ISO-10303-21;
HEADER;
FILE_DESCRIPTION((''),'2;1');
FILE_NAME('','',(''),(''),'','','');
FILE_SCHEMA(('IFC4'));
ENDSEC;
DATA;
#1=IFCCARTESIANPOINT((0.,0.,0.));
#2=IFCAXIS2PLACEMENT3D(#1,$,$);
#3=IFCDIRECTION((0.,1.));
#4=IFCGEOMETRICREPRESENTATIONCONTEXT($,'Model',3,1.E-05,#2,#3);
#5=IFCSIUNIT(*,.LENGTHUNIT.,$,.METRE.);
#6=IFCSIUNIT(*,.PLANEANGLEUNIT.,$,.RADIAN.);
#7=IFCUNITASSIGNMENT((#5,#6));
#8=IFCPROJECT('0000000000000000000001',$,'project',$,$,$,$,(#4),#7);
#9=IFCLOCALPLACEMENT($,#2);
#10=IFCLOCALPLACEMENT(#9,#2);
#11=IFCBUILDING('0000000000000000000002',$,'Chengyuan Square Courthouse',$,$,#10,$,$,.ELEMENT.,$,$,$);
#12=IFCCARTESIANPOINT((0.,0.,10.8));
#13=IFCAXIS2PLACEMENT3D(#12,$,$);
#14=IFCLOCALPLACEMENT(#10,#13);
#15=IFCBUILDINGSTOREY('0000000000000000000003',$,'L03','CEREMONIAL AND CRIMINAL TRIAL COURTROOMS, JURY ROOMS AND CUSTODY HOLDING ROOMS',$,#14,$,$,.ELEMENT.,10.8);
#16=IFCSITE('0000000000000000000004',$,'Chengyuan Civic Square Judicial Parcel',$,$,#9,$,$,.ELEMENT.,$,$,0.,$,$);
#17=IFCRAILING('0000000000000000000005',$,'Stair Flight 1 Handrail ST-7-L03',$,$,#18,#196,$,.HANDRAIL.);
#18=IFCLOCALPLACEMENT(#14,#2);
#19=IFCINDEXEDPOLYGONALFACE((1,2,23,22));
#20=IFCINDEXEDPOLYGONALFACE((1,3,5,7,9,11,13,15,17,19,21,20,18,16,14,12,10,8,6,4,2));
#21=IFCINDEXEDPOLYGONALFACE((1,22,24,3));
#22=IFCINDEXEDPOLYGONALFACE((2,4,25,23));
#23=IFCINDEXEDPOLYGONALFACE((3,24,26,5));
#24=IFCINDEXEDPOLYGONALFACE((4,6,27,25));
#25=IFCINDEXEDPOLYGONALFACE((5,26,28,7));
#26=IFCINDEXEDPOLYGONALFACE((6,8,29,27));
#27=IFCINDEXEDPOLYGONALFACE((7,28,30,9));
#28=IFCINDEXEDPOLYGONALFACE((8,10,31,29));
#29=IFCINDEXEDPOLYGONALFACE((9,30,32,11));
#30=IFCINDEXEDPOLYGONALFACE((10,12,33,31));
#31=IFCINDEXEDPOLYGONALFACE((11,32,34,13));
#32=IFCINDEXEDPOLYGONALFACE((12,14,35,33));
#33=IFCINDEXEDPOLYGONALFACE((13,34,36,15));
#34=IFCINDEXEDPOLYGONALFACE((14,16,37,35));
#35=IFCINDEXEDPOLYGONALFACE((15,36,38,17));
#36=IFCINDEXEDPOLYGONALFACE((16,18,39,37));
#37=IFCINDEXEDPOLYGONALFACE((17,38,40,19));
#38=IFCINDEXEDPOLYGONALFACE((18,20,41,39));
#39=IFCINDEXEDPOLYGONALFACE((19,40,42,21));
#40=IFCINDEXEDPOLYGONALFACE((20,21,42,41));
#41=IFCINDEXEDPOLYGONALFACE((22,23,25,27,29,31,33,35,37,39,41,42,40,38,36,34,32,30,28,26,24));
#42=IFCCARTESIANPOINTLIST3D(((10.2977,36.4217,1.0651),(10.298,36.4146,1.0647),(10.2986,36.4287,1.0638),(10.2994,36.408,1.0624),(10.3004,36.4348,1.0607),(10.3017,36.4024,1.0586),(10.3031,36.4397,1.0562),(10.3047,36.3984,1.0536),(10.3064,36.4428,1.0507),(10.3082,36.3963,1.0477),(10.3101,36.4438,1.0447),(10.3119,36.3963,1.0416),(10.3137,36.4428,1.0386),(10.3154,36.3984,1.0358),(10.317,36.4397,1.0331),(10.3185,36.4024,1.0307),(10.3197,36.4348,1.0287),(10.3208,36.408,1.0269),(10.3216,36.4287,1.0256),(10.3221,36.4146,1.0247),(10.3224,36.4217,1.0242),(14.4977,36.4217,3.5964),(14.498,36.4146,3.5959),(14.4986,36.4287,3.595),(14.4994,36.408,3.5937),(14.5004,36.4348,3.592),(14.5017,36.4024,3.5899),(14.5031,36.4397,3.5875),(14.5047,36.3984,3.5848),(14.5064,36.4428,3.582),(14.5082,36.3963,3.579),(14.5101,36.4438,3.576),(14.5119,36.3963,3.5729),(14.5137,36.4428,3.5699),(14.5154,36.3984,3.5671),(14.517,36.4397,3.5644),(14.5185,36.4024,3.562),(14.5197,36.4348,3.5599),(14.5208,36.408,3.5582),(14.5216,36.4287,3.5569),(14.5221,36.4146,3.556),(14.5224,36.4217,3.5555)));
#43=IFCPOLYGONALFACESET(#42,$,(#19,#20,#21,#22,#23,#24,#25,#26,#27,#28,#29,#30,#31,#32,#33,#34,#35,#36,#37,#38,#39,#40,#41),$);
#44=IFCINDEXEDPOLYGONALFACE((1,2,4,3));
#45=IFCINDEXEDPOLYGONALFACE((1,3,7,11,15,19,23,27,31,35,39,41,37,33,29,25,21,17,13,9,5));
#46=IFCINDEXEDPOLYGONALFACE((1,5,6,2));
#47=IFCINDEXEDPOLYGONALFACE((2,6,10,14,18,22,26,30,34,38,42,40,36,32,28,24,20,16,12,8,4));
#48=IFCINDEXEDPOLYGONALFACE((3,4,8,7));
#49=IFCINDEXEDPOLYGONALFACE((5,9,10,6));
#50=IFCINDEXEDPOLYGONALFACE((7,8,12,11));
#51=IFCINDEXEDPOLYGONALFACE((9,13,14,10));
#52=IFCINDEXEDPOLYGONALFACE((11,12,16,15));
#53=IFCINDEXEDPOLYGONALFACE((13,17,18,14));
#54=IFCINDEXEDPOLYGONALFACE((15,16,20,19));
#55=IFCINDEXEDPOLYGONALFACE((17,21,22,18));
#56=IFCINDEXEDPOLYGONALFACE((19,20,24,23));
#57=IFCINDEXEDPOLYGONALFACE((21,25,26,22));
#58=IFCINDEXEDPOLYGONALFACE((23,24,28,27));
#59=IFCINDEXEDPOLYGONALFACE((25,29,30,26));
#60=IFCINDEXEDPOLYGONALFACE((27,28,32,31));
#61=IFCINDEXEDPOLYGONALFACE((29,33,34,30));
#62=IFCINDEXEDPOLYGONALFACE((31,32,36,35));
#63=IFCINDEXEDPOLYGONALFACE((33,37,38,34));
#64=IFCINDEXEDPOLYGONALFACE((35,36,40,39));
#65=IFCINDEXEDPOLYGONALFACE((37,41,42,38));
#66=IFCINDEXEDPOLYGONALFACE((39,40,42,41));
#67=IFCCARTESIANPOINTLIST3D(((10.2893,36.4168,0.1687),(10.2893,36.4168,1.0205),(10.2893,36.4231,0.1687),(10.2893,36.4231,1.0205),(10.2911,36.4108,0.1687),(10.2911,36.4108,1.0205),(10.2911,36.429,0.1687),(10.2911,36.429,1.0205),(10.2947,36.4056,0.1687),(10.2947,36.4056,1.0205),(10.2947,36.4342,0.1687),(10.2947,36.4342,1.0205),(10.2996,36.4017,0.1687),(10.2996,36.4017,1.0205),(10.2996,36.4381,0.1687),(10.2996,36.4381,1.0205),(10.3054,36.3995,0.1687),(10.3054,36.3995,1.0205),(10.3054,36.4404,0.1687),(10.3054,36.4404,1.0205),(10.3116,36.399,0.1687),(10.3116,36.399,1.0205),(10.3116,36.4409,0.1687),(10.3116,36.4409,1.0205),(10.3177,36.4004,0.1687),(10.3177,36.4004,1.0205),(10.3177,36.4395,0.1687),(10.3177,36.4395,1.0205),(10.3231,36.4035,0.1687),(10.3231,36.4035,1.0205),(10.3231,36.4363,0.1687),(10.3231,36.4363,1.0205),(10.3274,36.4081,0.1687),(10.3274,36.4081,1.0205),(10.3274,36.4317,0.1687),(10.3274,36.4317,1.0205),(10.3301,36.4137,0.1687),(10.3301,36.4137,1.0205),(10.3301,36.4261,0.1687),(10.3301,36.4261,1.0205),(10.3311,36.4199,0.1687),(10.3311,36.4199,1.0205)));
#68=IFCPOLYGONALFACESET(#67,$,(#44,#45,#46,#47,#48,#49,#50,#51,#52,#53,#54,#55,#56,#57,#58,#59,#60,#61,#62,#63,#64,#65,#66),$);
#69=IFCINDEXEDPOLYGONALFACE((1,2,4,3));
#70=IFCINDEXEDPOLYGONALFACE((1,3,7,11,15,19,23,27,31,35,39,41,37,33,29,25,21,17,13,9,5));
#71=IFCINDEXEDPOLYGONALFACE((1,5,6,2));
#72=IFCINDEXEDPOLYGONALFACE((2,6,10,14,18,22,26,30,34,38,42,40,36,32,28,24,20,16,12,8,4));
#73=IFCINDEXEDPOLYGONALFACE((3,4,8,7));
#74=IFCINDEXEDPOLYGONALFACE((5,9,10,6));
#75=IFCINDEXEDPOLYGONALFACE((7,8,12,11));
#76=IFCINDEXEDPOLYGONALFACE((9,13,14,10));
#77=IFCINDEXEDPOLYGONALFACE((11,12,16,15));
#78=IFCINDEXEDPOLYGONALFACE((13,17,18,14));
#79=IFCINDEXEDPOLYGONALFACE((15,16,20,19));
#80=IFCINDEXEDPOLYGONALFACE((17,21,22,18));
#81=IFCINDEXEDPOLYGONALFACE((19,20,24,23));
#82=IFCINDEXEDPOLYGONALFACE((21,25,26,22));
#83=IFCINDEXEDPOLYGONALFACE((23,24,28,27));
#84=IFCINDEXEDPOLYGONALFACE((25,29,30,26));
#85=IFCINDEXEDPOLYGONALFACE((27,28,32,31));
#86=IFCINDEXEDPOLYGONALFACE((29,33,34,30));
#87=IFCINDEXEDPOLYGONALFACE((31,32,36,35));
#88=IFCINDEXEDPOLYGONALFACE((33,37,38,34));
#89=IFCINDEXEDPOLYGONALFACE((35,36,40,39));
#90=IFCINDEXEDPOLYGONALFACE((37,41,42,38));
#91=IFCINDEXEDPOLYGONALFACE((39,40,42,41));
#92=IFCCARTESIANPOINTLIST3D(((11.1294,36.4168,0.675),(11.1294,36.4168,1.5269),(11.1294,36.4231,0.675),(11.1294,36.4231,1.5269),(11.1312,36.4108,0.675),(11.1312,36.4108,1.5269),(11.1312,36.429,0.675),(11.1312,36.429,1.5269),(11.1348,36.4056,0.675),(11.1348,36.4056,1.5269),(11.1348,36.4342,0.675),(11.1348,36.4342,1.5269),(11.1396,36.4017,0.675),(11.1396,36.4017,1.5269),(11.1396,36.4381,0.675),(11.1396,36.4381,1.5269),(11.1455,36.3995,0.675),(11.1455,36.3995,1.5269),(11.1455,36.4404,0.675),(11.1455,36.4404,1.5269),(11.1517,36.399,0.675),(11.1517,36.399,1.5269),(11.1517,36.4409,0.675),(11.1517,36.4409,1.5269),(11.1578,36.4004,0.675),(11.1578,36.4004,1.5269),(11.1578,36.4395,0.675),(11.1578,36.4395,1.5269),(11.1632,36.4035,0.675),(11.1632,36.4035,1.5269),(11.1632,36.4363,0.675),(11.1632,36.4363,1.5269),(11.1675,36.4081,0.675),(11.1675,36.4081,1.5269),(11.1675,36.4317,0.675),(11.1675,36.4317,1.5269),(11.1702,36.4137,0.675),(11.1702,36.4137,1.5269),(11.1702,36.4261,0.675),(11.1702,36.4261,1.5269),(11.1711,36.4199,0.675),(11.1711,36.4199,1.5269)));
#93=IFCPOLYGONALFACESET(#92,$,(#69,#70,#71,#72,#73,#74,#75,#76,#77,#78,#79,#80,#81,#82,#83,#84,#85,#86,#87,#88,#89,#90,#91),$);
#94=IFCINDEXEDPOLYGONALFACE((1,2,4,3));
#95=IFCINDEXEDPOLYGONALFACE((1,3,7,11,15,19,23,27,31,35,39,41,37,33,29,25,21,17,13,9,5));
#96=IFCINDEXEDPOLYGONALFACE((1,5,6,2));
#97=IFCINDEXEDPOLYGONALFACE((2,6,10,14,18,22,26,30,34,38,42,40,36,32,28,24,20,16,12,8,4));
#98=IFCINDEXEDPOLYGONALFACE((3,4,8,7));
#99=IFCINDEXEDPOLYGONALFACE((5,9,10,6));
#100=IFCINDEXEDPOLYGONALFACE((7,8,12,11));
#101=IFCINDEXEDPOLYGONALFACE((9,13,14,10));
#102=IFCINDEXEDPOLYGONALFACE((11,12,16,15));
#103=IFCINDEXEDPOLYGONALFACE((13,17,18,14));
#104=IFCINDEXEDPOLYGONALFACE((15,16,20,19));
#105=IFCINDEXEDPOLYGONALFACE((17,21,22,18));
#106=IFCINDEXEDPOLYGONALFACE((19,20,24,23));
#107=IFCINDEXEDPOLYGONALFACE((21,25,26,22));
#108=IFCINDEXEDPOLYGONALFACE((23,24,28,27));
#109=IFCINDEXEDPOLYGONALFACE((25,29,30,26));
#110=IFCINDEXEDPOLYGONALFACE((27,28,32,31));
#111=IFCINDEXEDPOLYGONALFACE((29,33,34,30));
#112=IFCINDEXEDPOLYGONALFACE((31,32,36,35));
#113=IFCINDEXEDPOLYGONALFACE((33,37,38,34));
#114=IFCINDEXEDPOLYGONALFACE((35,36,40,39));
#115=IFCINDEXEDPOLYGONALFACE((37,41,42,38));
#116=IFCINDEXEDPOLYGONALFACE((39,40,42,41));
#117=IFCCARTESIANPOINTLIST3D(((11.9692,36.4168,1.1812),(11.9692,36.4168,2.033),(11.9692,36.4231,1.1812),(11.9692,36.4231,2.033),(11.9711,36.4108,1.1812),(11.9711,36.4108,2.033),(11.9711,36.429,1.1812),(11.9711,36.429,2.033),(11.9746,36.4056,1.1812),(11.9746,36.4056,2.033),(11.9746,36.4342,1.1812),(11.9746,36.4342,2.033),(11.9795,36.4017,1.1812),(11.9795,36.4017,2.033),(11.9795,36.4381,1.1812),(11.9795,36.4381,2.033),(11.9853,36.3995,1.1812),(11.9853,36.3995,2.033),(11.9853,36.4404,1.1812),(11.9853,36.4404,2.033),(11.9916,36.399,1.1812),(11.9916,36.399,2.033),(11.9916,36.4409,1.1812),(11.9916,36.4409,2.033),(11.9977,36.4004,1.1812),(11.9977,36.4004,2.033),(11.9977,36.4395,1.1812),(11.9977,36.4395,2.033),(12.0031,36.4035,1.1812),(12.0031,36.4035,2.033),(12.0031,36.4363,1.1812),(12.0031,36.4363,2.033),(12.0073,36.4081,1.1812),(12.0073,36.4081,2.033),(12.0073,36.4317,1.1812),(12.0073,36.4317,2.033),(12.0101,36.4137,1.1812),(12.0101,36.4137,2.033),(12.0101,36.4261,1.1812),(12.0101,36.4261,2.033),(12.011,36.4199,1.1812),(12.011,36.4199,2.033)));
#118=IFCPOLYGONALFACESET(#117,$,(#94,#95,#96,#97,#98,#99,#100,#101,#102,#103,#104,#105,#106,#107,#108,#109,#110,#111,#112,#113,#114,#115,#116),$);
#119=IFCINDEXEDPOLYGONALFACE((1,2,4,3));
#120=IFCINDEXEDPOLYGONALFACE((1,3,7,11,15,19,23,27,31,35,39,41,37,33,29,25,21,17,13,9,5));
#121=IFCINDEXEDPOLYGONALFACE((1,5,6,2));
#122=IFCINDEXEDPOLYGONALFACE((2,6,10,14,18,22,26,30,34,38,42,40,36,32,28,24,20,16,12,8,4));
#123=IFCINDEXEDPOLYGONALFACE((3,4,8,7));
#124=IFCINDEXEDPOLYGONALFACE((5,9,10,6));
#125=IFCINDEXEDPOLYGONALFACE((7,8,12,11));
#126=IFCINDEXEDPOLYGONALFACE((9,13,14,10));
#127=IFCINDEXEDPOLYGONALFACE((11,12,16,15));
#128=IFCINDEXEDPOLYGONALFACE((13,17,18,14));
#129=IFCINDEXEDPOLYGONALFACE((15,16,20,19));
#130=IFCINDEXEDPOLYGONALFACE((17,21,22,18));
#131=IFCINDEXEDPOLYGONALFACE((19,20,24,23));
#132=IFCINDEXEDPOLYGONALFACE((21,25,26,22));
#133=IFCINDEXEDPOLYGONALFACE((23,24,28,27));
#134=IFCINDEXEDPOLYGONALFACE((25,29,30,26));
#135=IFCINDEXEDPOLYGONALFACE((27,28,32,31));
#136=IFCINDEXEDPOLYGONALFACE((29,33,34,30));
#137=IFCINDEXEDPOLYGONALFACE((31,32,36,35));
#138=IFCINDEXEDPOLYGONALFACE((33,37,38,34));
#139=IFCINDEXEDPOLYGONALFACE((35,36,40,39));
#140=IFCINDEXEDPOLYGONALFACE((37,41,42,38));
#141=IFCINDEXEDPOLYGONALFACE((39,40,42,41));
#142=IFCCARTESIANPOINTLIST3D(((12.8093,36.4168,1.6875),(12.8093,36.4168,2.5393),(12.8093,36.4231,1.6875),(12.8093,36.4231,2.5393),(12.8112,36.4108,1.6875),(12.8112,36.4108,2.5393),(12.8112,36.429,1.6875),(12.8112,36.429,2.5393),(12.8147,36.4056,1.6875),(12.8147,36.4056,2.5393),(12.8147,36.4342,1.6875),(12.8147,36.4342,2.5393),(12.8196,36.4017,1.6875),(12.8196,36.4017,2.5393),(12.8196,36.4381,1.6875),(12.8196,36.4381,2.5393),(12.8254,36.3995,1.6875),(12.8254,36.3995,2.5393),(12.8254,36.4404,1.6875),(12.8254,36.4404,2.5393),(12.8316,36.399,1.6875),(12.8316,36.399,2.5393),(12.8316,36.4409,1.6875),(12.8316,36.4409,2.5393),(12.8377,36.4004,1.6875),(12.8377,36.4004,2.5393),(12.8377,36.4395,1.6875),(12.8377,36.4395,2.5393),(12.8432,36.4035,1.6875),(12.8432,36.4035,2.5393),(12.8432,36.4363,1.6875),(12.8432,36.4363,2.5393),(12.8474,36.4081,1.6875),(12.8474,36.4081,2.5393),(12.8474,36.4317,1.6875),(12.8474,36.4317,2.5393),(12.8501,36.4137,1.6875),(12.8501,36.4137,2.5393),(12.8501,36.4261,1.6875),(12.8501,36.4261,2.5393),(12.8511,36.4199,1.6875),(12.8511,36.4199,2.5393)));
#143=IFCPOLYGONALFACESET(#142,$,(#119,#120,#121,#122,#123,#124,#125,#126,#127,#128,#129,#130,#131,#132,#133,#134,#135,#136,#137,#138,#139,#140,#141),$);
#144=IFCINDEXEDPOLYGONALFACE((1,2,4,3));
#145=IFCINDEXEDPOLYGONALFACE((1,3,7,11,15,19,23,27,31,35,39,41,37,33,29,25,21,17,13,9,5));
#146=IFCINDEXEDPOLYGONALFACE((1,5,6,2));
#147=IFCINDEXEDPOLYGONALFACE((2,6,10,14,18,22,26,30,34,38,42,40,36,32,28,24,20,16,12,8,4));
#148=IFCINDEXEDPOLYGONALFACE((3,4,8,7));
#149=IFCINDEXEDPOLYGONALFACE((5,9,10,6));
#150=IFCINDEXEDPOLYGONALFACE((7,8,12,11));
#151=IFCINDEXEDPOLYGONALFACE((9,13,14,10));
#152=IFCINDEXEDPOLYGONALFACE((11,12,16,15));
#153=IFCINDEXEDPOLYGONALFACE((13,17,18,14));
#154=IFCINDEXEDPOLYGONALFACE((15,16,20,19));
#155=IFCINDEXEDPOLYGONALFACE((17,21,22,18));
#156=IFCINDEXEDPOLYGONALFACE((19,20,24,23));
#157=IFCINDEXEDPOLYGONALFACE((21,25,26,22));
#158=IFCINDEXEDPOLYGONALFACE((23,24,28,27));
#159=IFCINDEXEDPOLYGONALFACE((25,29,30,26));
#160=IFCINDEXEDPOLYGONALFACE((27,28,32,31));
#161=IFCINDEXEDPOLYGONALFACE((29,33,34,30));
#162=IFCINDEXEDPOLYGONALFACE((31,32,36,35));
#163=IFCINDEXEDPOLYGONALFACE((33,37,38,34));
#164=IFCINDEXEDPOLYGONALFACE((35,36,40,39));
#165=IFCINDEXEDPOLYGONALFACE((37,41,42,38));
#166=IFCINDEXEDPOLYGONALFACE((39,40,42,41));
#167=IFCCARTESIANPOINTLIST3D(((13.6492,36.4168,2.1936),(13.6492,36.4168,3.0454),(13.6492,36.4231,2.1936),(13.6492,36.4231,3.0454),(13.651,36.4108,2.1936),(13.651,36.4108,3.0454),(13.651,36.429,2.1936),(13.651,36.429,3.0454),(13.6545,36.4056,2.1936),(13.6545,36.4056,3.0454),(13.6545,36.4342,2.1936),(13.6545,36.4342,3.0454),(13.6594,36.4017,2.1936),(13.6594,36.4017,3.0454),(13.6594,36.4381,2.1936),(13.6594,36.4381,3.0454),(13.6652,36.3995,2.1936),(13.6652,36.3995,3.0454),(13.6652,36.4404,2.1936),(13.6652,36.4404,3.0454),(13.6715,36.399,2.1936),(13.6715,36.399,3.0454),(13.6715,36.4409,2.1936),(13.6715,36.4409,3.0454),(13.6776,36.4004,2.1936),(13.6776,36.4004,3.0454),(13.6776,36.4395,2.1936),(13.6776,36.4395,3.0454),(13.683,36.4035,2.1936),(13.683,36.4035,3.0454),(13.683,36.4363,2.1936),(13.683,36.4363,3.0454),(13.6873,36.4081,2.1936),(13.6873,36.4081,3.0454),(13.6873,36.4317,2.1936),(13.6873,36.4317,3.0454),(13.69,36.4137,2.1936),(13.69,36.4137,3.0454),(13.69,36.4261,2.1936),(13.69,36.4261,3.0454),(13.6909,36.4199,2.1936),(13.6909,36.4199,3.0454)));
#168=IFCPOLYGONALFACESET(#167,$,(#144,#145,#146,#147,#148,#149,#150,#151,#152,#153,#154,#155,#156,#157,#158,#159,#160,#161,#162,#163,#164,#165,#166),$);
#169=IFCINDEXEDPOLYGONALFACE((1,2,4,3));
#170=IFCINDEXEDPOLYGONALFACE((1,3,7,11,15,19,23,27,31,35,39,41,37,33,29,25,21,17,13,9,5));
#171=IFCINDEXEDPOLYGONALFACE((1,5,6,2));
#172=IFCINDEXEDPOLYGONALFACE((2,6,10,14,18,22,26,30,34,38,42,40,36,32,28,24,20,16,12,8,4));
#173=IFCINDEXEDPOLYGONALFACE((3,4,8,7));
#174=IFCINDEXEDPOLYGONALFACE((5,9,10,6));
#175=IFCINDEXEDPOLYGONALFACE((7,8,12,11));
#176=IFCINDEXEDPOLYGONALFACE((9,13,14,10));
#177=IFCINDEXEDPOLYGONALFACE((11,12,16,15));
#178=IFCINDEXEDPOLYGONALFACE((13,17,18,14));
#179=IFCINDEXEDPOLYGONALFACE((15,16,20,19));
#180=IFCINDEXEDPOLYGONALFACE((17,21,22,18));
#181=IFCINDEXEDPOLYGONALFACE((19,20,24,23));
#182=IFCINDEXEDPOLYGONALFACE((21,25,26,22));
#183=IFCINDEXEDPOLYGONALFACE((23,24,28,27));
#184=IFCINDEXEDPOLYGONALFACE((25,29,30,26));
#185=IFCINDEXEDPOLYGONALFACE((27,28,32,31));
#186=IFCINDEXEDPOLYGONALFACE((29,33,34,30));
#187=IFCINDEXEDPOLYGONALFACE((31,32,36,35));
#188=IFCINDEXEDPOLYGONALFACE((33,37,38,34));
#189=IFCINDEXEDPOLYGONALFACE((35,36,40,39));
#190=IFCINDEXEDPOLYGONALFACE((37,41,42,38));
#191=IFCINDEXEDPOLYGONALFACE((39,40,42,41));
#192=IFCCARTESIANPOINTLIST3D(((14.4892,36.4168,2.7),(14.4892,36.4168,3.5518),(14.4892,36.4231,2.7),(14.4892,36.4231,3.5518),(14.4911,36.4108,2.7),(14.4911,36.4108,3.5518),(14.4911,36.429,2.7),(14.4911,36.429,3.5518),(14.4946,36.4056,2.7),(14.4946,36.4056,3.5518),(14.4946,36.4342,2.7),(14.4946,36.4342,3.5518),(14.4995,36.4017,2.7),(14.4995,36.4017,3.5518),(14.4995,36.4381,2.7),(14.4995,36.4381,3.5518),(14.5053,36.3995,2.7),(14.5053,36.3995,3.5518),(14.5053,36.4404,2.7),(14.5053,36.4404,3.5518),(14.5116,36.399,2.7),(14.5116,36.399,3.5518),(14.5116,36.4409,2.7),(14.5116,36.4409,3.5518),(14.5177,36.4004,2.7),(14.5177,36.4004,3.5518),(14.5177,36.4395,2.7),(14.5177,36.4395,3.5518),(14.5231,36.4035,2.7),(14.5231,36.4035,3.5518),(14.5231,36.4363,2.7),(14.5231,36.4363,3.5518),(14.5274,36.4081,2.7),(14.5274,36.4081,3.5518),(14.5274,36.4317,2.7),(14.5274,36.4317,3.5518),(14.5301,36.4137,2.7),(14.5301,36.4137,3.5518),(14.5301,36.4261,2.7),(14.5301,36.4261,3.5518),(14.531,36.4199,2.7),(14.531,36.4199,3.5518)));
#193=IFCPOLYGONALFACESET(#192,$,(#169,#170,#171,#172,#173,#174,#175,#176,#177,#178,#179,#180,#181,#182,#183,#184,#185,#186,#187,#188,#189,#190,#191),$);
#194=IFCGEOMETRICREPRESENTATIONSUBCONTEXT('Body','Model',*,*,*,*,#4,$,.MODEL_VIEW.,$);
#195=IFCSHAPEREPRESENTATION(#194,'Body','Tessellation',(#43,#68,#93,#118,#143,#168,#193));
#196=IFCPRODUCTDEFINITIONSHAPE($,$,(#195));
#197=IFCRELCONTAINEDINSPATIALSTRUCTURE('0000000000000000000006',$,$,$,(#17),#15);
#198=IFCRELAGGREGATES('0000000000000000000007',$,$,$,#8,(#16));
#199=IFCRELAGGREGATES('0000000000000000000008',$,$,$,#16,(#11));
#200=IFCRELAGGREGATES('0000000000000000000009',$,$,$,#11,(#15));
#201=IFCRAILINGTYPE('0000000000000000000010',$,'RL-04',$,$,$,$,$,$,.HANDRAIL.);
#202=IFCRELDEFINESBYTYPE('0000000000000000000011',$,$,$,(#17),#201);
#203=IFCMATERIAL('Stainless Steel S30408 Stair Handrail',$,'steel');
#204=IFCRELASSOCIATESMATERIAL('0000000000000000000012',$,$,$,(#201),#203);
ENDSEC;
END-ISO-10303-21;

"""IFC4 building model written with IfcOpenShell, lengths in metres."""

from ifc_helpers import new_model, si_unit, direction, frame, origin, origin_2d, place, context, subcontext, project, spatial, circle, extrude, material, type_object, element, save


model = new_model("IFC4")

# Units and contexts
model_context = context("Model", 3, precision=1e-05, world=origin(), true_north=direction((0.0, 1.0)))
body_context = subcontext(model_context, "Body", "Model", "MODEL_VIEW")
ifc_project = project(units=[si_unit("LENGTHUNIT", "METRE"), si_unit("PLANEANGLEUNIT", "RADIAN")], contexts=[model_context])

# Site, building, storey
site_placement = place(None, origin())
site = spatial("IfcSite", under=ifc_project, at=site_placement, Name="Chengyuan Civic Square Judicial Parcel", CompositionType="ELEMENT", RefElevation=0.0)
building_placement = place(site_placement, origin())
building = spatial("IfcBuilding", under=site, at=building_placement, Name="Chengyuan Square Courthouse", CompositionType="ELEMENT")
storey_placement = place(building_placement, frame((0.0, 0.0, 10.8)))
storey = spatial("IfcBuildingStorey", under=building, at=storey_placement, Name="L03", Description="CEREMONIAL AND CRIMINAL TRIAL COURTROOMS, JURY ROOMS AND CUSTODY HOLDING ROOMS", CompositionType="ELEMENT", Elevation=10.8)

# Railing
ifc_material_1 = material(Name="Stainless Steel S30408 Stair Handrail", Category="steel")
railing_type_1 = type_object("IfcRailingType", Name="RL-04", PredefinedType="HANDRAIL", material=ifc_material_1)
railing_1_placement = place(storey_placement, frame((10.3101, 36.4199, 0.1687)))
element("IfcRailing", 1, at=railing_1_placement, inside=storey, type_object=railing_type_1, Name="Stair Flight 1 Handrail ST-7-L03", PredefinedType="HANDRAIL", context=body_context, shape_type="SweptSolid", body=[
    extrude(circle(Radius=0.0239, at=origin_2d()), frame((0.0, 0.0, 0.876), z_axis=(0.856476, 0.0, 0.516186), x_axis=(0.0, 1.0, 0.0)), (0.0, 0.0, 1.0), 4.9038),
    extrude(circle(Radius=0.021, at=origin_2d()), origin(), (0.0, 0.0, 1.0), 0.8518),
    extrude(circle(Radius=0.021, at=origin_2d()), frame((0.8401, 0.0, 0.5063)), (0.0, 0.0, 1.0), 0.8518),
    extrude(circle(Radius=0.021, at=origin_2d()), frame((1.6799, 0.0, 1.0125)), (0.0, 0.0, 1.0), 0.8518),
    extrude(circle(Radius=0.021, at=origin_2d()), frame((2.52, 0.0, 1.5188)), (0.0, 0.0, 1.0), 0.8518),
    extrude(circle(Radius=0.021, at=origin_2d()), frame((3.3599, 0.0, 2.0249)), (0.0, 0.0, 1.0), 0.8518),
    extrude(circle(Radius=0.021, at=origin_2d()), frame((4.2, 0.0, 2.5312)), (0.0, 0.0, 1.0), 0.8518),
])

save(model, "model.ifc")
